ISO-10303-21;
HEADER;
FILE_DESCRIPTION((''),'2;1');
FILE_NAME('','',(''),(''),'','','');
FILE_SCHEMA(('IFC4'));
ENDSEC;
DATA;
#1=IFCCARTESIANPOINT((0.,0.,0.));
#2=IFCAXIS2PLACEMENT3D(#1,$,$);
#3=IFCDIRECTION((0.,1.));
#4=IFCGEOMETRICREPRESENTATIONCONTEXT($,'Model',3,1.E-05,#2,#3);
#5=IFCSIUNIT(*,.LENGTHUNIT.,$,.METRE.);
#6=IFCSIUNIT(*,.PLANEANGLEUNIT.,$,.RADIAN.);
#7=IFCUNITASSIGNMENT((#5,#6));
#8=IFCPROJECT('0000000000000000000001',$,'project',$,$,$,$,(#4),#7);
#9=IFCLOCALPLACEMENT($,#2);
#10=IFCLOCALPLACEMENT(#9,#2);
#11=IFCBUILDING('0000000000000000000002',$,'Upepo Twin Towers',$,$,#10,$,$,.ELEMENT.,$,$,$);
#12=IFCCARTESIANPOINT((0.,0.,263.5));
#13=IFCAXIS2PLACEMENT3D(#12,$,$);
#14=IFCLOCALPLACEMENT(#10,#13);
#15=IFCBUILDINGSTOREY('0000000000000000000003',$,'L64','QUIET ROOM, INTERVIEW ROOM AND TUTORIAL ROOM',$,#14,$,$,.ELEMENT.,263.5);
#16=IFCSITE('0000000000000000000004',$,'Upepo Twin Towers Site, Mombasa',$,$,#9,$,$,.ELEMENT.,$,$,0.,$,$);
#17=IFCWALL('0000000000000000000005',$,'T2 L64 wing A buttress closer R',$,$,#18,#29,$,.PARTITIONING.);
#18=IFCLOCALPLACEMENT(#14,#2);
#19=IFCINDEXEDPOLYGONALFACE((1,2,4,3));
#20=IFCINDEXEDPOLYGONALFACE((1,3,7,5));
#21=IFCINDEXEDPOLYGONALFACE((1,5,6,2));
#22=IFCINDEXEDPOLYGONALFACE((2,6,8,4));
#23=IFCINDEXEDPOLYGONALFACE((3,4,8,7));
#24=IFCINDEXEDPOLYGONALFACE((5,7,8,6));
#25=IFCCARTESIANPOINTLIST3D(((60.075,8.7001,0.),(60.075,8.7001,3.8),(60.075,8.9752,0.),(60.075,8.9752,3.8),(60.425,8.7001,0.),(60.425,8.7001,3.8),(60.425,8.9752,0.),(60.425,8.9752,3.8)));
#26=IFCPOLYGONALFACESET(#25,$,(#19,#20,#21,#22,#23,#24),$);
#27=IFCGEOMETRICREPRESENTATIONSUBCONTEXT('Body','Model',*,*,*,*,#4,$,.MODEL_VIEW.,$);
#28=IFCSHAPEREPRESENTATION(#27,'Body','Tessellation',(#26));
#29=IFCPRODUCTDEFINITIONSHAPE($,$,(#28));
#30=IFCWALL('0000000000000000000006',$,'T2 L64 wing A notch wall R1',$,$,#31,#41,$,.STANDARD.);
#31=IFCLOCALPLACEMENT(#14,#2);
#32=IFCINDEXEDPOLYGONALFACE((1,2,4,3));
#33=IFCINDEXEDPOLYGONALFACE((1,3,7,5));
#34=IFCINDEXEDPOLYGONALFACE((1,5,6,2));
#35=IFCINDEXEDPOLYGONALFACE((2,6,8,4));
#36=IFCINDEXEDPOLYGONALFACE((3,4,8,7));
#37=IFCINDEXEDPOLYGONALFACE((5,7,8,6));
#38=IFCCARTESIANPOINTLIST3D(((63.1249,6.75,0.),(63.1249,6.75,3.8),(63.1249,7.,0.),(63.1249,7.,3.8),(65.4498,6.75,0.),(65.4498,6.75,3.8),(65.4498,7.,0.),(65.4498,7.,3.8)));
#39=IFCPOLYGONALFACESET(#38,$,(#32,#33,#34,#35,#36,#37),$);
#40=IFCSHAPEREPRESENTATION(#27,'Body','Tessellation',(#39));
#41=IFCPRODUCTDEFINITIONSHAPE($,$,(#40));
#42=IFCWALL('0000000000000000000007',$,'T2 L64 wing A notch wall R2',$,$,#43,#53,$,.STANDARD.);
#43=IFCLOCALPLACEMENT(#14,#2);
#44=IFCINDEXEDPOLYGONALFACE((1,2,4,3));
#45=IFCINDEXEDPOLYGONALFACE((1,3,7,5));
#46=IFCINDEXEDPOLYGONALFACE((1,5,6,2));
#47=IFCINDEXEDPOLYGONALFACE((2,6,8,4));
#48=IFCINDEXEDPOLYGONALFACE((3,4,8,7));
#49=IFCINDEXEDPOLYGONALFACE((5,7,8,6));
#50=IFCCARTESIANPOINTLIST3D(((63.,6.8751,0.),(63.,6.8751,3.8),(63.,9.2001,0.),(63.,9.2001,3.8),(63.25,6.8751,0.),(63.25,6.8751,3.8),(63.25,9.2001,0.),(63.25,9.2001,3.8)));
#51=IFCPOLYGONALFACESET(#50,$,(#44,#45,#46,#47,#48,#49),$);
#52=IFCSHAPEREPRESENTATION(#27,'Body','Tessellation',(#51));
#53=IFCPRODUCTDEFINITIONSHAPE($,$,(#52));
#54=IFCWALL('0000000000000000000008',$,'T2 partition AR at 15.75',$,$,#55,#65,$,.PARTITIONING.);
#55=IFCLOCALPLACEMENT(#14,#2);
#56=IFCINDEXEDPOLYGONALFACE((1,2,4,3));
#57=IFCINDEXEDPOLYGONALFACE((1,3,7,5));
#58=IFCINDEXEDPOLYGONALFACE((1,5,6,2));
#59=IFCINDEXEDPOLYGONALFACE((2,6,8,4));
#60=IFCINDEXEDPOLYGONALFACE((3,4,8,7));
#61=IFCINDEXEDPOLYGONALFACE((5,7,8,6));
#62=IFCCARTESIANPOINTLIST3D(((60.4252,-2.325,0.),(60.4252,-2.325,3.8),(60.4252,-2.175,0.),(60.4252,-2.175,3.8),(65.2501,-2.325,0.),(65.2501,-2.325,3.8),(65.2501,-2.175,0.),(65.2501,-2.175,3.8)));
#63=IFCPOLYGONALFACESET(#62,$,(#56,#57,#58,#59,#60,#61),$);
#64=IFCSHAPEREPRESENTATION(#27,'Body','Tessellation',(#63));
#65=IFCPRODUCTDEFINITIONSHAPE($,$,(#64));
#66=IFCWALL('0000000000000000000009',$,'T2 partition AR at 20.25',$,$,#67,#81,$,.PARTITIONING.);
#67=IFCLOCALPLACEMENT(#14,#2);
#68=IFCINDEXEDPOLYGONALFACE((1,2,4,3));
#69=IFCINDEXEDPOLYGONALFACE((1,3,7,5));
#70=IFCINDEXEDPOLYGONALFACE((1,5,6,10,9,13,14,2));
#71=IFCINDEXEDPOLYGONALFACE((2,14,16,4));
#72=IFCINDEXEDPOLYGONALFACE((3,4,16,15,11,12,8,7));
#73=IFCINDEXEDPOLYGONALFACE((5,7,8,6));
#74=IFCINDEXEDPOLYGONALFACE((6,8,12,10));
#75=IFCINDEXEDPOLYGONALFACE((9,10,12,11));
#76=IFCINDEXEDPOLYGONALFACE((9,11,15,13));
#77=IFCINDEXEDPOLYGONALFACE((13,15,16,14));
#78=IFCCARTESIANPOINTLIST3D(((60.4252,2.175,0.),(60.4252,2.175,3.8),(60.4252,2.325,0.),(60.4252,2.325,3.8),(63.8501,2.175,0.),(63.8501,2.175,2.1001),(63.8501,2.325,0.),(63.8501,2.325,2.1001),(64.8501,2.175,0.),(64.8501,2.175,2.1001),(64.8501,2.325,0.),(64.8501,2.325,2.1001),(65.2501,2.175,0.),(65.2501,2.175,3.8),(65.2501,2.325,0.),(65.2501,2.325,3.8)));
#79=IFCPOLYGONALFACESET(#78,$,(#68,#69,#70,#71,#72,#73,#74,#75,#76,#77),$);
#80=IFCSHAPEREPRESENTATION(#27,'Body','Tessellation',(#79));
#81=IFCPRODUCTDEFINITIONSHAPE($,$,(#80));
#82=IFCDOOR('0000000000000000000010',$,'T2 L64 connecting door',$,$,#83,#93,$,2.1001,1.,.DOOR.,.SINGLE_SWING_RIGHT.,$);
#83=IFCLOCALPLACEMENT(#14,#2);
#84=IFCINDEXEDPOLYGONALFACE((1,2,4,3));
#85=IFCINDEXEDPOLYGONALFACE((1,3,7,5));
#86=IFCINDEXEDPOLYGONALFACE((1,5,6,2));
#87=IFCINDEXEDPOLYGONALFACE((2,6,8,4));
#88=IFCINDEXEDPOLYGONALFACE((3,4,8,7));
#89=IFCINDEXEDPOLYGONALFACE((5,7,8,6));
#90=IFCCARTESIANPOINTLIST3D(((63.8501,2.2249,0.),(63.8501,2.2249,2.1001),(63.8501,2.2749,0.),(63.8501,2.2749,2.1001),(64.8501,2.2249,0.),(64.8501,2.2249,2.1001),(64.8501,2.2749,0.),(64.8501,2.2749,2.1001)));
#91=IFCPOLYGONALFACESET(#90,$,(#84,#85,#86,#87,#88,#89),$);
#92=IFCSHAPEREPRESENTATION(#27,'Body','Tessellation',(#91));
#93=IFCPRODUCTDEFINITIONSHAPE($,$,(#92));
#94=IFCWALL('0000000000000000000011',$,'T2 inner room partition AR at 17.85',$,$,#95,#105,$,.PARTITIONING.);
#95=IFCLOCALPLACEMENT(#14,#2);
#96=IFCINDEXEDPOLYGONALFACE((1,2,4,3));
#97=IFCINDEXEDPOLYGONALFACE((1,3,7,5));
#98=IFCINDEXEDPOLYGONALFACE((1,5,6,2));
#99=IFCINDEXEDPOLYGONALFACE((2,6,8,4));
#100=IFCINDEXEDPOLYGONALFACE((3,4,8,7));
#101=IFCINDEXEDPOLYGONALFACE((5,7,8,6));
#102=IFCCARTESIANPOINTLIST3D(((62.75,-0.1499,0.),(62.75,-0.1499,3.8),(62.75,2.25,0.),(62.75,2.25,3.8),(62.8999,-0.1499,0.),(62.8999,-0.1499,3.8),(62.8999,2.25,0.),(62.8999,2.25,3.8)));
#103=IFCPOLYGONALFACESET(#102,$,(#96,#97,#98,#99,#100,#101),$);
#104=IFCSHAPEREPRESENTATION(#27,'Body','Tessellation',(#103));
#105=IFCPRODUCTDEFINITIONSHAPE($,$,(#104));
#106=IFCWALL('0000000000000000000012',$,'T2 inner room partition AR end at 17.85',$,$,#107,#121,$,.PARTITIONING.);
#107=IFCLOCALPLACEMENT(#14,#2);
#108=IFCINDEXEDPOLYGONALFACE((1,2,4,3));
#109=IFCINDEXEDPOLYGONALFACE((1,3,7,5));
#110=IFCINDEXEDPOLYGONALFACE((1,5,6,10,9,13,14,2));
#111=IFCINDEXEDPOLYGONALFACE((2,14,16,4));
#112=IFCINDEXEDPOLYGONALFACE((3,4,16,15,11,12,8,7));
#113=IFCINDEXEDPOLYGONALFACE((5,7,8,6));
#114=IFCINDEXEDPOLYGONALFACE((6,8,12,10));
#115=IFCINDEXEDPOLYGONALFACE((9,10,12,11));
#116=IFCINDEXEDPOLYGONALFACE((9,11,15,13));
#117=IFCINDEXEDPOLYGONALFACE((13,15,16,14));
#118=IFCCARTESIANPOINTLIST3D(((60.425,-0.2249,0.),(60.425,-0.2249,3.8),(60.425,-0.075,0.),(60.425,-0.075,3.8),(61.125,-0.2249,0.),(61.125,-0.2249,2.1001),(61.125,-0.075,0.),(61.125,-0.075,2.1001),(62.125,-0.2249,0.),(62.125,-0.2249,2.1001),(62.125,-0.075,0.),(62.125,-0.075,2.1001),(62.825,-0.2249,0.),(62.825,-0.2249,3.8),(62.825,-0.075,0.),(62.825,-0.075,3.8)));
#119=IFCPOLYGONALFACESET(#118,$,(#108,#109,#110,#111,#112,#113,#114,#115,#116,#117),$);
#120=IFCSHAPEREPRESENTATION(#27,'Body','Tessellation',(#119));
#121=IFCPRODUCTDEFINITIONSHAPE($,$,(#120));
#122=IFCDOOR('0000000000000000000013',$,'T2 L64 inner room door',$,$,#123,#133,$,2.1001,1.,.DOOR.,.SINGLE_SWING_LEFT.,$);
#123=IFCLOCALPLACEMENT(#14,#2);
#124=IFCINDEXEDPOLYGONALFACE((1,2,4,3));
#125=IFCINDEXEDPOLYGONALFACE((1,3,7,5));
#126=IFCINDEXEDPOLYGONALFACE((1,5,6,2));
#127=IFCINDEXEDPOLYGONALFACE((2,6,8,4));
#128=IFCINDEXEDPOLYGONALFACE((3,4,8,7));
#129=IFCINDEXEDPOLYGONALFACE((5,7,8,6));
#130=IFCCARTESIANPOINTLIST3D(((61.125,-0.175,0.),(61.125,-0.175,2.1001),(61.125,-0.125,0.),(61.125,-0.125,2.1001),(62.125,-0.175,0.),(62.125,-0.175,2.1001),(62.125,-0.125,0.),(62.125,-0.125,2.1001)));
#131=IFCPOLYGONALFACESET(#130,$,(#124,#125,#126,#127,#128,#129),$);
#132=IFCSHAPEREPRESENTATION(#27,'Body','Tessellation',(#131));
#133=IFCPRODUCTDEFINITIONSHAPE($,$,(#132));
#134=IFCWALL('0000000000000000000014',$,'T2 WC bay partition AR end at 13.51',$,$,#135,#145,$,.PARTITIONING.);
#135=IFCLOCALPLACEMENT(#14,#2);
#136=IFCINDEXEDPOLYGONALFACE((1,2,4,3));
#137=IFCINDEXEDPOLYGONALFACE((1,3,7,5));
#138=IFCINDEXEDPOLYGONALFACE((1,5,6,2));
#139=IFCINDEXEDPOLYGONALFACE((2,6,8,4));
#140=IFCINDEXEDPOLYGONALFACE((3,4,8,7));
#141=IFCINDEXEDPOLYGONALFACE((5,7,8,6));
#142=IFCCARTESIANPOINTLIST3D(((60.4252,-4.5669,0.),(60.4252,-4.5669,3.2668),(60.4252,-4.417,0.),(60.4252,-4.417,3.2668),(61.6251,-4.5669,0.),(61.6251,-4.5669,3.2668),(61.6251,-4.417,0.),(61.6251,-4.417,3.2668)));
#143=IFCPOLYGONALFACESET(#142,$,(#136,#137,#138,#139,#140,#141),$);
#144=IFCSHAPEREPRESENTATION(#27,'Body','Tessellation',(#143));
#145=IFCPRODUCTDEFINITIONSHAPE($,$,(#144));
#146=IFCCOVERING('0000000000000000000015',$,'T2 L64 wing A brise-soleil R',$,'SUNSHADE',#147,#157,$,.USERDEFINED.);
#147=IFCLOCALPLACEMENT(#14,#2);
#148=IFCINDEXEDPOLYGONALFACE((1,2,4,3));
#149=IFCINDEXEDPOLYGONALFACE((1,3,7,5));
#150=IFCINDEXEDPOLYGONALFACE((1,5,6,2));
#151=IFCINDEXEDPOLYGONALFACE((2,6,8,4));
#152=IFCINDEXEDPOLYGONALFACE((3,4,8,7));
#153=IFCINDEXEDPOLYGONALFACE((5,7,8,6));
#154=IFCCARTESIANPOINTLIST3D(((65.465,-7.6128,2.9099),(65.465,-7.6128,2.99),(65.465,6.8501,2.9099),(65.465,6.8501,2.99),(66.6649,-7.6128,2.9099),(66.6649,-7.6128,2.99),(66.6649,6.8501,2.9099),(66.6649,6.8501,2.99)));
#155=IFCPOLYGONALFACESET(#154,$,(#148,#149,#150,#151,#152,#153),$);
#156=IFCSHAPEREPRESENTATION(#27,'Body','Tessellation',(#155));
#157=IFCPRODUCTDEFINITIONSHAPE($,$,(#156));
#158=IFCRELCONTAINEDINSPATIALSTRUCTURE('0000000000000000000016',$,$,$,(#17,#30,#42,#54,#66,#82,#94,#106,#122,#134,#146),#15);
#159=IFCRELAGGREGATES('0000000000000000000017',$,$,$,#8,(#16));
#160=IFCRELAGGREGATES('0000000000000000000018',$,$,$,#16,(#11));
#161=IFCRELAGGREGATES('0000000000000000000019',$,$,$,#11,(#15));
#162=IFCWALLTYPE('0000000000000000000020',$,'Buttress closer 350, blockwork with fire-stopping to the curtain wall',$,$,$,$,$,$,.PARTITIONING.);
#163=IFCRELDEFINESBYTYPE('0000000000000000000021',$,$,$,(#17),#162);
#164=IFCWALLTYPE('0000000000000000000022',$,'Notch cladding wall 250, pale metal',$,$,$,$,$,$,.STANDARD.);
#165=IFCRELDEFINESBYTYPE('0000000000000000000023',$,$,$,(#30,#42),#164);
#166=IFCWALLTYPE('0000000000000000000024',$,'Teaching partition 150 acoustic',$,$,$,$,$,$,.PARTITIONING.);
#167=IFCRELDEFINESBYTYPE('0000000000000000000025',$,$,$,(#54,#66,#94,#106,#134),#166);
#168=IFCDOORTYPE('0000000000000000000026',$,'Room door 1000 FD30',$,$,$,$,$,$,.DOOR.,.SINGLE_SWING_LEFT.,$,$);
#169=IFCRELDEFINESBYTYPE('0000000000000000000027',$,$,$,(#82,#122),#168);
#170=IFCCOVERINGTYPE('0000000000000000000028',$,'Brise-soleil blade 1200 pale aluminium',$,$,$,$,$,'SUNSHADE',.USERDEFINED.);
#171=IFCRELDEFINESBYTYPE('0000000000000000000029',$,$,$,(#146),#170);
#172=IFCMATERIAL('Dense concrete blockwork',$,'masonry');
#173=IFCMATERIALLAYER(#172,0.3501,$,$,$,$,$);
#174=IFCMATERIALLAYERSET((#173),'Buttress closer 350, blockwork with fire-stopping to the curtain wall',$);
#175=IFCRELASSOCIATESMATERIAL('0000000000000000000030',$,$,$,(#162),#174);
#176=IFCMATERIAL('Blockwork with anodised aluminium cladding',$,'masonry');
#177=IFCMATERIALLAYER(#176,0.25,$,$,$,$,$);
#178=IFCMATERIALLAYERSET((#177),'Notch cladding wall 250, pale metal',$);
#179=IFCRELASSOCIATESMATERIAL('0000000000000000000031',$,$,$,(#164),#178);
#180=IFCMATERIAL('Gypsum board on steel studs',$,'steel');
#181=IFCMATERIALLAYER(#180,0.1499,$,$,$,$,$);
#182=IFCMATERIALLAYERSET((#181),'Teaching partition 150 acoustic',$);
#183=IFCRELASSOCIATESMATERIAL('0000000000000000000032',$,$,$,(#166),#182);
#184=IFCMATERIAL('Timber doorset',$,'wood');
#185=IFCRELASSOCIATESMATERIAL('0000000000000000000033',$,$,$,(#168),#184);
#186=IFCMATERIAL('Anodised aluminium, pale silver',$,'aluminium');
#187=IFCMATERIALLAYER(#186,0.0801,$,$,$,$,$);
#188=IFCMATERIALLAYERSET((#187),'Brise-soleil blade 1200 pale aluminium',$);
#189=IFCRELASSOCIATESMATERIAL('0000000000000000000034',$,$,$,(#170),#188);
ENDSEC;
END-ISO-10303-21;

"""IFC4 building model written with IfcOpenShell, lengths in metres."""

from ifc_helpers import new_model, si_unit, direction, frame, frame_2d, origin, origin_2d, place, context, subcontext, project, spatial, rectangle, extrude, material, layer, layer_set, type_object, element, fill, save


model = new_model("IFC4")

# Units and contexts
model_context = context("Model", 3, precision=1e-05, world=origin(), true_north=direction((0.0, 1.0)))
body_context = subcontext(model_context, "Body", "Model", "MODEL_VIEW")
ifc_project = project(units=[si_unit("LENGTHUNIT", "METRE"), si_unit("PLANEANGLEUNIT", "RADIAN")], contexts=[model_context])

# Site, building, storey
site_placement = place(None, origin())
site = spatial("IfcSite", under=ifc_project, at=site_placement, Name="Upepo Twin Towers Site, Mombasa", CompositionType="ELEMENT", RefElevation=0.0)
building_placement = place(site_placement, origin())
building = spatial("IfcBuilding", under=site, at=building_placement, Name="Upepo Twin Towers", CompositionType="ELEMENT")
storey_placement = place(building_placement, frame((0.0, 0.0, 263.5)))
storey = spatial("IfcBuildingStorey", under=building, at=storey_placement, Name="L64", Description="QUIET ROOM, INTERVIEW ROOM AND TUTORIAL ROOM", CompositionType="ELEMENT", Elevation=263.5)

# Walls
ifc_material_1 = material(Name="Dense concrete blockwork", Category="masonry")
ifc_layer_1 = layer(ifc_material_1, 0.3501)
ifc_layer_set_1 = layer_set([ifc_layer_1], Name="Buttress closer 350, blockwork with fire-stopping to the curtain wall")
wall_type_1 = type_object("IfcWallType", Name="Buttress closer 350, blockwork with fire-stopping to the curtain wall", PredefinedType="PARTITIONING", material=ifc_layer_set_1)
wall_1_placement = place(storey_placement, frame((60.25, 8.7, 0.0), z_axis=(0.0, 0.0, 1.0), x_axis=(0.0, 1.0, 0.0)))
element("IfcWall", 1, at=wall_1_placement, inside=storey, type_object=wall_type_1, Name="T2 L64 wing A buttress closer R", PredefinedType="PARTITIONING", context=body_context, shape_type="SweptSolid", body=[
    extrude(rectangle(XDim=0.2751, YDim=0.3501, at=frame_2d((0.1377, 0.0))), origin(), (0.0, 0.0, 1.0), 3.8),
])
ifc_material_2 = material(Name="Blockwork with anodised aluminium cladding", Category="masonry")
ifc_layer_2 = layer(ifc_material_2, 0.25)
ifc_layer_set_2 = layer_set([ifc_layer_2], Name="Notch cladding wall 250, pale metal")
wall_type_2 = type_object("IfcWallType", Name="Notch cladding wall 250, pale metal", PredefinedType="STANDARD", material=ifc_layer_set_2)
for number, where, z_axis, x_axis, name in (
    (2, (65.45, 6.875, 0.0), (0.0, 0.0, 1.0), (-1.0, 0.0, 0.0), "T2 L64 wing A notch wall R1"),
    (3, (63.125, 6.875, 0.0), (0.0, 0.0, 1.0), (0.0, 1.0, 0.0), "T2 L64 wing A notch wall R2"),
):
    element("IfcWall", number, at=place(storey_placement, frame(where, z_axis=z_axis, x_axis=x_axis)), inside=storey, type_object=wall_type_2, Name=name, PredefinedType="STANDARD", context=body_context, shape_type="SweptSolid", body=[
        extrude(rectangle(XDim=2.325, YDim=0.25, at=frame_2d((1.1626, 0.0))), origin(), (0.0, 0.0, 1.0), 3.8),
    ])
ifc_material_3 = material(Name="Gypsum board on steel studs", Category="steel")
ifc_layer_3 = layer(ifc_material_3, 0.1499)
ifc_layer_set_3 = layer_set([ifc_layer_3], Name="Teaching partition 150 acoustic")
wall_type_3 = type_object("IfcWallType", Name="Teaching partition 150 acoustic", PredefinedType="PARTITIONING", material=ifc_layer_set_3)
wall_2_placement = place(storey_placement, frame((60.425, -2.25, 0.0), z_axis=(0.0, 0.0, 1.0), x_axis=(1.0, 0.0, 0.0)))
element("IfcWall", 4, at=wall_2_placement, inside=storey, type_object=wall_type_3, Name="T2 partition AR at 15.75", PredefinedType="PARTITIONING", context=body_context, shape_type="SweptSolid", body=[
    extrude(rectangle(XDim=4.825, YDim=0.1499, at=frame_2d((2.4126, 0.0))), origin(), (0.0, 0.0, 1.0), 3.8),
])

# Wall, opening, door
wall_3_placement = place(storey_placement, frame((60.425, 2.25, 0.0), z_axis=(0.0, 0.0, 1.0), x_axis=(1.0, 0.0, 0.0)))
wall_3 = element("IfcWall", 5, at=wall_3_placement, inside=storey, type_object=wall_type_3, Name="T2 partition AR at 20.25", PredefinedType="PARTITIONING", context=body_context, shape_type="SweptSolid", body=[
    extrude(rectangle(XDim=4.825, YDim=0.1499, at=frame_2d((2.4126, 0.0))), origin(), (0.0, 0.0, 1.0), 3.8),
])
opening_1_placement = place(wall_3_placement, frame((3.425, 0.0, 0.0)))
opening_1 = element("IfcOpeningElement", 6, at=opening_1_placement, cuts=wall_3, PredefinedType="OPENING", context=body_context, shape_type="SweptSolid", body=[
    extrude(rectangle(XDim=1.0, YDim=2.1001, at=frame_2d((0.5, 1.05))), frame((0.0, 0.085, 0.0), z_axis=(0.0, -1.0, 0.0), x_axis=(1.0, 0.0, 0.0)), (0.0, 0.0, 1.0), 0.1699),
])
ifc_material_4 = material(Name="Timber doorset", Category="wood")
door_type = type_object("IfcDoorType", Name="Room door 1000 FD30", OperationType="SINGLE_SWING_LEFT", PredefinedType="DOOR", material=ifc_material_4)
door_1_placement = place(opening_1_placement, origin())
door_1 = element("IfcDoor", 7, at=door_1_placement, inside=storey, type_object=door_type, Name="T2 L64 connecting door", OperationType="SINGLE_SWING_RIGHT", OverallHeight=2.1001, OverallWidth=1.0, PredefinedType="DOOR", context=body_context, shape_type="SweptSolid", body=[
    extrude(rectangle(XDim=1.0, YDim=2.1001, at=frame_2d((0.5, 1.05))), frame((0.0, 0.0249, 0.0), z_axis=(0.0, -1.0, 0.0), x_axis=(1.0, 0.0, 0.0)), (0.0, 0.0, 1.0), 0.05),
])
fill(opening_1, door_1)

# Wall
wall_4_placement = place(storey_placement, frame((62.825, -0.1499, 0.0), z_axis=(0.0, 0.0, 1.0), x_axis=(0.0, 1.0, 0.0)))
element("IfcWall", 8, at=wall_4_placement, inside=storey, type_object=wall_type_3, Name="T2 inner room partition AR at 17.85", PredefinedType="PARTITIONING", context=body_context, shape_type="SweptSolid", body=[
    extrude(rectangle(XDim=2.3999, YDim=0.1499, at=frame_2d((1.2, 0.0))), origin(), (0.0, 0.0, 1.0), 3.8),
])

# Wall, opening, door
wall_5_placement = place(storey_placement, frame((60.425, -0.1499, 0.0), z_axis=(0.0, 0.0, 1.0), x_axis=(1.0, 0.0, 0.0)))
wall_5 = element("IfcWall", 9, at=wall_5_placement, inside=storey, type_object=wall_type_3, Name="T2 inner room partition AR end at 17.85", PredefinedType="PARTITIONING", context=body_context, shape_type="SweptSolid", body=[
    extrude(rectangle(XDim=2.3999, YDim=0.1499, at=frame_2d((1.2, 0.0))), origin(), (0.0, 0.0, 1.0), 3.8),
])
opening_2_placement = place(wall_5_placement, frame((0.7, 0.0, 0.0)))
opening_2 = element("IfcOpeningElement", 10, at=opening_2_placement, cuts=wall_5, PredefinedType="OPENING", context=body_context, shape_type="SweptSolid", body=[
    extrude(rectangle(XDim=1.0, YDim=2.1001, at=frame_2d((0.5, 1.05))), frame((0.0, 0.085, 0.0), z_axis=(0.0, -1.0, 0.0), x_axis=(1.0, 0.0, 0.0)), (0.0, 0.0, 1.0), 0.1699),
])
door_2_placement = place(opening_2_placement, origin())
door_2 = element("IfcDoor", 11, at=door_2_placement, inside=storey, type_object=door_type, Name="T2 L64 inner room door", OperationType="SINGLE_SWING_LEFT", OverallHeight=2.1001, OverallWidth=1.0, PredefinedType="DOOR", context=body_context, shape_type="SweptSolid", body=[
    extrude(rectangle(XDim=1.0, YDim=2.1001, at=frame_2d((0.5, 1.05))), frame((0.0, 0.0249, 0.0), z_axis=(0.0, -1.0, 0.0), x_axis=(1.0, 0.0, 0.0)), (0.0, 0.0, 1.0), 0.05),
])
fill(opening_2, door_2)

# Wall
wall_6_placement = place(storey_placement, frame((60.425, -4.4919, 0.0), z_axis=(0.0, 0.0, 1.0), x_axis=(1.0, 0.0, 0.0)))
element("IfcWall", 12, at=wall_6_placement, inside=storey, type_object=wall_type_3, Name="T2 WC bay partition AR end at 13.51", PredefinedType="PARTITIONING", context=body_context, shape_type="SweptSolid", body=[
    extrude(rectangle(XDim=1.2, YDim=0.1499, at=frame_2d((0.6001, 0.0))), origin(), (0.0, 0.0, 1.0), 3.2668),
])

# Covering
ifc_material_5 = material(Name="Anodised aluminium, pale silver", Category="aluminium")
ifc_layer_4 = layer(ifc_material_5, 0.0801)
ifc_layer_set_4 = layer_set([ifc_layer_4], Name="Brise-soleil blade 1200 pale aluminium")
covering_type = type_object("IfcCoveringType", Name="Brise-soleil blade 1200 pale aluminium", ElementType="SUNSHADE", PredefinedType="USERDEFINED", material=ifc_layer_set_4)
covering_placement = place(storey_placement, frame((66.0649, -0.3813, 2.9099), z_axis=(0.0, 0.0, 1.0), x_axis=(0.0, 1.0, 0.0)))
element("IfcCovering", 13, at=covering_placement, inside=storey, type_object=covering_type, Name="T2 L64 wing A brise-soleil R", ObjectType="SUNSHADE", PredefinedType="USERDEFINED", context=body_context, shape_type="SweptSolid", body=[
    extrude(rectangle(XDim=14.4629, YDim=1.2, at=origin_2d()), origin(), (0.0, 0.0, 1.0), 0.0801),
])

save(model, "model.ifc")
